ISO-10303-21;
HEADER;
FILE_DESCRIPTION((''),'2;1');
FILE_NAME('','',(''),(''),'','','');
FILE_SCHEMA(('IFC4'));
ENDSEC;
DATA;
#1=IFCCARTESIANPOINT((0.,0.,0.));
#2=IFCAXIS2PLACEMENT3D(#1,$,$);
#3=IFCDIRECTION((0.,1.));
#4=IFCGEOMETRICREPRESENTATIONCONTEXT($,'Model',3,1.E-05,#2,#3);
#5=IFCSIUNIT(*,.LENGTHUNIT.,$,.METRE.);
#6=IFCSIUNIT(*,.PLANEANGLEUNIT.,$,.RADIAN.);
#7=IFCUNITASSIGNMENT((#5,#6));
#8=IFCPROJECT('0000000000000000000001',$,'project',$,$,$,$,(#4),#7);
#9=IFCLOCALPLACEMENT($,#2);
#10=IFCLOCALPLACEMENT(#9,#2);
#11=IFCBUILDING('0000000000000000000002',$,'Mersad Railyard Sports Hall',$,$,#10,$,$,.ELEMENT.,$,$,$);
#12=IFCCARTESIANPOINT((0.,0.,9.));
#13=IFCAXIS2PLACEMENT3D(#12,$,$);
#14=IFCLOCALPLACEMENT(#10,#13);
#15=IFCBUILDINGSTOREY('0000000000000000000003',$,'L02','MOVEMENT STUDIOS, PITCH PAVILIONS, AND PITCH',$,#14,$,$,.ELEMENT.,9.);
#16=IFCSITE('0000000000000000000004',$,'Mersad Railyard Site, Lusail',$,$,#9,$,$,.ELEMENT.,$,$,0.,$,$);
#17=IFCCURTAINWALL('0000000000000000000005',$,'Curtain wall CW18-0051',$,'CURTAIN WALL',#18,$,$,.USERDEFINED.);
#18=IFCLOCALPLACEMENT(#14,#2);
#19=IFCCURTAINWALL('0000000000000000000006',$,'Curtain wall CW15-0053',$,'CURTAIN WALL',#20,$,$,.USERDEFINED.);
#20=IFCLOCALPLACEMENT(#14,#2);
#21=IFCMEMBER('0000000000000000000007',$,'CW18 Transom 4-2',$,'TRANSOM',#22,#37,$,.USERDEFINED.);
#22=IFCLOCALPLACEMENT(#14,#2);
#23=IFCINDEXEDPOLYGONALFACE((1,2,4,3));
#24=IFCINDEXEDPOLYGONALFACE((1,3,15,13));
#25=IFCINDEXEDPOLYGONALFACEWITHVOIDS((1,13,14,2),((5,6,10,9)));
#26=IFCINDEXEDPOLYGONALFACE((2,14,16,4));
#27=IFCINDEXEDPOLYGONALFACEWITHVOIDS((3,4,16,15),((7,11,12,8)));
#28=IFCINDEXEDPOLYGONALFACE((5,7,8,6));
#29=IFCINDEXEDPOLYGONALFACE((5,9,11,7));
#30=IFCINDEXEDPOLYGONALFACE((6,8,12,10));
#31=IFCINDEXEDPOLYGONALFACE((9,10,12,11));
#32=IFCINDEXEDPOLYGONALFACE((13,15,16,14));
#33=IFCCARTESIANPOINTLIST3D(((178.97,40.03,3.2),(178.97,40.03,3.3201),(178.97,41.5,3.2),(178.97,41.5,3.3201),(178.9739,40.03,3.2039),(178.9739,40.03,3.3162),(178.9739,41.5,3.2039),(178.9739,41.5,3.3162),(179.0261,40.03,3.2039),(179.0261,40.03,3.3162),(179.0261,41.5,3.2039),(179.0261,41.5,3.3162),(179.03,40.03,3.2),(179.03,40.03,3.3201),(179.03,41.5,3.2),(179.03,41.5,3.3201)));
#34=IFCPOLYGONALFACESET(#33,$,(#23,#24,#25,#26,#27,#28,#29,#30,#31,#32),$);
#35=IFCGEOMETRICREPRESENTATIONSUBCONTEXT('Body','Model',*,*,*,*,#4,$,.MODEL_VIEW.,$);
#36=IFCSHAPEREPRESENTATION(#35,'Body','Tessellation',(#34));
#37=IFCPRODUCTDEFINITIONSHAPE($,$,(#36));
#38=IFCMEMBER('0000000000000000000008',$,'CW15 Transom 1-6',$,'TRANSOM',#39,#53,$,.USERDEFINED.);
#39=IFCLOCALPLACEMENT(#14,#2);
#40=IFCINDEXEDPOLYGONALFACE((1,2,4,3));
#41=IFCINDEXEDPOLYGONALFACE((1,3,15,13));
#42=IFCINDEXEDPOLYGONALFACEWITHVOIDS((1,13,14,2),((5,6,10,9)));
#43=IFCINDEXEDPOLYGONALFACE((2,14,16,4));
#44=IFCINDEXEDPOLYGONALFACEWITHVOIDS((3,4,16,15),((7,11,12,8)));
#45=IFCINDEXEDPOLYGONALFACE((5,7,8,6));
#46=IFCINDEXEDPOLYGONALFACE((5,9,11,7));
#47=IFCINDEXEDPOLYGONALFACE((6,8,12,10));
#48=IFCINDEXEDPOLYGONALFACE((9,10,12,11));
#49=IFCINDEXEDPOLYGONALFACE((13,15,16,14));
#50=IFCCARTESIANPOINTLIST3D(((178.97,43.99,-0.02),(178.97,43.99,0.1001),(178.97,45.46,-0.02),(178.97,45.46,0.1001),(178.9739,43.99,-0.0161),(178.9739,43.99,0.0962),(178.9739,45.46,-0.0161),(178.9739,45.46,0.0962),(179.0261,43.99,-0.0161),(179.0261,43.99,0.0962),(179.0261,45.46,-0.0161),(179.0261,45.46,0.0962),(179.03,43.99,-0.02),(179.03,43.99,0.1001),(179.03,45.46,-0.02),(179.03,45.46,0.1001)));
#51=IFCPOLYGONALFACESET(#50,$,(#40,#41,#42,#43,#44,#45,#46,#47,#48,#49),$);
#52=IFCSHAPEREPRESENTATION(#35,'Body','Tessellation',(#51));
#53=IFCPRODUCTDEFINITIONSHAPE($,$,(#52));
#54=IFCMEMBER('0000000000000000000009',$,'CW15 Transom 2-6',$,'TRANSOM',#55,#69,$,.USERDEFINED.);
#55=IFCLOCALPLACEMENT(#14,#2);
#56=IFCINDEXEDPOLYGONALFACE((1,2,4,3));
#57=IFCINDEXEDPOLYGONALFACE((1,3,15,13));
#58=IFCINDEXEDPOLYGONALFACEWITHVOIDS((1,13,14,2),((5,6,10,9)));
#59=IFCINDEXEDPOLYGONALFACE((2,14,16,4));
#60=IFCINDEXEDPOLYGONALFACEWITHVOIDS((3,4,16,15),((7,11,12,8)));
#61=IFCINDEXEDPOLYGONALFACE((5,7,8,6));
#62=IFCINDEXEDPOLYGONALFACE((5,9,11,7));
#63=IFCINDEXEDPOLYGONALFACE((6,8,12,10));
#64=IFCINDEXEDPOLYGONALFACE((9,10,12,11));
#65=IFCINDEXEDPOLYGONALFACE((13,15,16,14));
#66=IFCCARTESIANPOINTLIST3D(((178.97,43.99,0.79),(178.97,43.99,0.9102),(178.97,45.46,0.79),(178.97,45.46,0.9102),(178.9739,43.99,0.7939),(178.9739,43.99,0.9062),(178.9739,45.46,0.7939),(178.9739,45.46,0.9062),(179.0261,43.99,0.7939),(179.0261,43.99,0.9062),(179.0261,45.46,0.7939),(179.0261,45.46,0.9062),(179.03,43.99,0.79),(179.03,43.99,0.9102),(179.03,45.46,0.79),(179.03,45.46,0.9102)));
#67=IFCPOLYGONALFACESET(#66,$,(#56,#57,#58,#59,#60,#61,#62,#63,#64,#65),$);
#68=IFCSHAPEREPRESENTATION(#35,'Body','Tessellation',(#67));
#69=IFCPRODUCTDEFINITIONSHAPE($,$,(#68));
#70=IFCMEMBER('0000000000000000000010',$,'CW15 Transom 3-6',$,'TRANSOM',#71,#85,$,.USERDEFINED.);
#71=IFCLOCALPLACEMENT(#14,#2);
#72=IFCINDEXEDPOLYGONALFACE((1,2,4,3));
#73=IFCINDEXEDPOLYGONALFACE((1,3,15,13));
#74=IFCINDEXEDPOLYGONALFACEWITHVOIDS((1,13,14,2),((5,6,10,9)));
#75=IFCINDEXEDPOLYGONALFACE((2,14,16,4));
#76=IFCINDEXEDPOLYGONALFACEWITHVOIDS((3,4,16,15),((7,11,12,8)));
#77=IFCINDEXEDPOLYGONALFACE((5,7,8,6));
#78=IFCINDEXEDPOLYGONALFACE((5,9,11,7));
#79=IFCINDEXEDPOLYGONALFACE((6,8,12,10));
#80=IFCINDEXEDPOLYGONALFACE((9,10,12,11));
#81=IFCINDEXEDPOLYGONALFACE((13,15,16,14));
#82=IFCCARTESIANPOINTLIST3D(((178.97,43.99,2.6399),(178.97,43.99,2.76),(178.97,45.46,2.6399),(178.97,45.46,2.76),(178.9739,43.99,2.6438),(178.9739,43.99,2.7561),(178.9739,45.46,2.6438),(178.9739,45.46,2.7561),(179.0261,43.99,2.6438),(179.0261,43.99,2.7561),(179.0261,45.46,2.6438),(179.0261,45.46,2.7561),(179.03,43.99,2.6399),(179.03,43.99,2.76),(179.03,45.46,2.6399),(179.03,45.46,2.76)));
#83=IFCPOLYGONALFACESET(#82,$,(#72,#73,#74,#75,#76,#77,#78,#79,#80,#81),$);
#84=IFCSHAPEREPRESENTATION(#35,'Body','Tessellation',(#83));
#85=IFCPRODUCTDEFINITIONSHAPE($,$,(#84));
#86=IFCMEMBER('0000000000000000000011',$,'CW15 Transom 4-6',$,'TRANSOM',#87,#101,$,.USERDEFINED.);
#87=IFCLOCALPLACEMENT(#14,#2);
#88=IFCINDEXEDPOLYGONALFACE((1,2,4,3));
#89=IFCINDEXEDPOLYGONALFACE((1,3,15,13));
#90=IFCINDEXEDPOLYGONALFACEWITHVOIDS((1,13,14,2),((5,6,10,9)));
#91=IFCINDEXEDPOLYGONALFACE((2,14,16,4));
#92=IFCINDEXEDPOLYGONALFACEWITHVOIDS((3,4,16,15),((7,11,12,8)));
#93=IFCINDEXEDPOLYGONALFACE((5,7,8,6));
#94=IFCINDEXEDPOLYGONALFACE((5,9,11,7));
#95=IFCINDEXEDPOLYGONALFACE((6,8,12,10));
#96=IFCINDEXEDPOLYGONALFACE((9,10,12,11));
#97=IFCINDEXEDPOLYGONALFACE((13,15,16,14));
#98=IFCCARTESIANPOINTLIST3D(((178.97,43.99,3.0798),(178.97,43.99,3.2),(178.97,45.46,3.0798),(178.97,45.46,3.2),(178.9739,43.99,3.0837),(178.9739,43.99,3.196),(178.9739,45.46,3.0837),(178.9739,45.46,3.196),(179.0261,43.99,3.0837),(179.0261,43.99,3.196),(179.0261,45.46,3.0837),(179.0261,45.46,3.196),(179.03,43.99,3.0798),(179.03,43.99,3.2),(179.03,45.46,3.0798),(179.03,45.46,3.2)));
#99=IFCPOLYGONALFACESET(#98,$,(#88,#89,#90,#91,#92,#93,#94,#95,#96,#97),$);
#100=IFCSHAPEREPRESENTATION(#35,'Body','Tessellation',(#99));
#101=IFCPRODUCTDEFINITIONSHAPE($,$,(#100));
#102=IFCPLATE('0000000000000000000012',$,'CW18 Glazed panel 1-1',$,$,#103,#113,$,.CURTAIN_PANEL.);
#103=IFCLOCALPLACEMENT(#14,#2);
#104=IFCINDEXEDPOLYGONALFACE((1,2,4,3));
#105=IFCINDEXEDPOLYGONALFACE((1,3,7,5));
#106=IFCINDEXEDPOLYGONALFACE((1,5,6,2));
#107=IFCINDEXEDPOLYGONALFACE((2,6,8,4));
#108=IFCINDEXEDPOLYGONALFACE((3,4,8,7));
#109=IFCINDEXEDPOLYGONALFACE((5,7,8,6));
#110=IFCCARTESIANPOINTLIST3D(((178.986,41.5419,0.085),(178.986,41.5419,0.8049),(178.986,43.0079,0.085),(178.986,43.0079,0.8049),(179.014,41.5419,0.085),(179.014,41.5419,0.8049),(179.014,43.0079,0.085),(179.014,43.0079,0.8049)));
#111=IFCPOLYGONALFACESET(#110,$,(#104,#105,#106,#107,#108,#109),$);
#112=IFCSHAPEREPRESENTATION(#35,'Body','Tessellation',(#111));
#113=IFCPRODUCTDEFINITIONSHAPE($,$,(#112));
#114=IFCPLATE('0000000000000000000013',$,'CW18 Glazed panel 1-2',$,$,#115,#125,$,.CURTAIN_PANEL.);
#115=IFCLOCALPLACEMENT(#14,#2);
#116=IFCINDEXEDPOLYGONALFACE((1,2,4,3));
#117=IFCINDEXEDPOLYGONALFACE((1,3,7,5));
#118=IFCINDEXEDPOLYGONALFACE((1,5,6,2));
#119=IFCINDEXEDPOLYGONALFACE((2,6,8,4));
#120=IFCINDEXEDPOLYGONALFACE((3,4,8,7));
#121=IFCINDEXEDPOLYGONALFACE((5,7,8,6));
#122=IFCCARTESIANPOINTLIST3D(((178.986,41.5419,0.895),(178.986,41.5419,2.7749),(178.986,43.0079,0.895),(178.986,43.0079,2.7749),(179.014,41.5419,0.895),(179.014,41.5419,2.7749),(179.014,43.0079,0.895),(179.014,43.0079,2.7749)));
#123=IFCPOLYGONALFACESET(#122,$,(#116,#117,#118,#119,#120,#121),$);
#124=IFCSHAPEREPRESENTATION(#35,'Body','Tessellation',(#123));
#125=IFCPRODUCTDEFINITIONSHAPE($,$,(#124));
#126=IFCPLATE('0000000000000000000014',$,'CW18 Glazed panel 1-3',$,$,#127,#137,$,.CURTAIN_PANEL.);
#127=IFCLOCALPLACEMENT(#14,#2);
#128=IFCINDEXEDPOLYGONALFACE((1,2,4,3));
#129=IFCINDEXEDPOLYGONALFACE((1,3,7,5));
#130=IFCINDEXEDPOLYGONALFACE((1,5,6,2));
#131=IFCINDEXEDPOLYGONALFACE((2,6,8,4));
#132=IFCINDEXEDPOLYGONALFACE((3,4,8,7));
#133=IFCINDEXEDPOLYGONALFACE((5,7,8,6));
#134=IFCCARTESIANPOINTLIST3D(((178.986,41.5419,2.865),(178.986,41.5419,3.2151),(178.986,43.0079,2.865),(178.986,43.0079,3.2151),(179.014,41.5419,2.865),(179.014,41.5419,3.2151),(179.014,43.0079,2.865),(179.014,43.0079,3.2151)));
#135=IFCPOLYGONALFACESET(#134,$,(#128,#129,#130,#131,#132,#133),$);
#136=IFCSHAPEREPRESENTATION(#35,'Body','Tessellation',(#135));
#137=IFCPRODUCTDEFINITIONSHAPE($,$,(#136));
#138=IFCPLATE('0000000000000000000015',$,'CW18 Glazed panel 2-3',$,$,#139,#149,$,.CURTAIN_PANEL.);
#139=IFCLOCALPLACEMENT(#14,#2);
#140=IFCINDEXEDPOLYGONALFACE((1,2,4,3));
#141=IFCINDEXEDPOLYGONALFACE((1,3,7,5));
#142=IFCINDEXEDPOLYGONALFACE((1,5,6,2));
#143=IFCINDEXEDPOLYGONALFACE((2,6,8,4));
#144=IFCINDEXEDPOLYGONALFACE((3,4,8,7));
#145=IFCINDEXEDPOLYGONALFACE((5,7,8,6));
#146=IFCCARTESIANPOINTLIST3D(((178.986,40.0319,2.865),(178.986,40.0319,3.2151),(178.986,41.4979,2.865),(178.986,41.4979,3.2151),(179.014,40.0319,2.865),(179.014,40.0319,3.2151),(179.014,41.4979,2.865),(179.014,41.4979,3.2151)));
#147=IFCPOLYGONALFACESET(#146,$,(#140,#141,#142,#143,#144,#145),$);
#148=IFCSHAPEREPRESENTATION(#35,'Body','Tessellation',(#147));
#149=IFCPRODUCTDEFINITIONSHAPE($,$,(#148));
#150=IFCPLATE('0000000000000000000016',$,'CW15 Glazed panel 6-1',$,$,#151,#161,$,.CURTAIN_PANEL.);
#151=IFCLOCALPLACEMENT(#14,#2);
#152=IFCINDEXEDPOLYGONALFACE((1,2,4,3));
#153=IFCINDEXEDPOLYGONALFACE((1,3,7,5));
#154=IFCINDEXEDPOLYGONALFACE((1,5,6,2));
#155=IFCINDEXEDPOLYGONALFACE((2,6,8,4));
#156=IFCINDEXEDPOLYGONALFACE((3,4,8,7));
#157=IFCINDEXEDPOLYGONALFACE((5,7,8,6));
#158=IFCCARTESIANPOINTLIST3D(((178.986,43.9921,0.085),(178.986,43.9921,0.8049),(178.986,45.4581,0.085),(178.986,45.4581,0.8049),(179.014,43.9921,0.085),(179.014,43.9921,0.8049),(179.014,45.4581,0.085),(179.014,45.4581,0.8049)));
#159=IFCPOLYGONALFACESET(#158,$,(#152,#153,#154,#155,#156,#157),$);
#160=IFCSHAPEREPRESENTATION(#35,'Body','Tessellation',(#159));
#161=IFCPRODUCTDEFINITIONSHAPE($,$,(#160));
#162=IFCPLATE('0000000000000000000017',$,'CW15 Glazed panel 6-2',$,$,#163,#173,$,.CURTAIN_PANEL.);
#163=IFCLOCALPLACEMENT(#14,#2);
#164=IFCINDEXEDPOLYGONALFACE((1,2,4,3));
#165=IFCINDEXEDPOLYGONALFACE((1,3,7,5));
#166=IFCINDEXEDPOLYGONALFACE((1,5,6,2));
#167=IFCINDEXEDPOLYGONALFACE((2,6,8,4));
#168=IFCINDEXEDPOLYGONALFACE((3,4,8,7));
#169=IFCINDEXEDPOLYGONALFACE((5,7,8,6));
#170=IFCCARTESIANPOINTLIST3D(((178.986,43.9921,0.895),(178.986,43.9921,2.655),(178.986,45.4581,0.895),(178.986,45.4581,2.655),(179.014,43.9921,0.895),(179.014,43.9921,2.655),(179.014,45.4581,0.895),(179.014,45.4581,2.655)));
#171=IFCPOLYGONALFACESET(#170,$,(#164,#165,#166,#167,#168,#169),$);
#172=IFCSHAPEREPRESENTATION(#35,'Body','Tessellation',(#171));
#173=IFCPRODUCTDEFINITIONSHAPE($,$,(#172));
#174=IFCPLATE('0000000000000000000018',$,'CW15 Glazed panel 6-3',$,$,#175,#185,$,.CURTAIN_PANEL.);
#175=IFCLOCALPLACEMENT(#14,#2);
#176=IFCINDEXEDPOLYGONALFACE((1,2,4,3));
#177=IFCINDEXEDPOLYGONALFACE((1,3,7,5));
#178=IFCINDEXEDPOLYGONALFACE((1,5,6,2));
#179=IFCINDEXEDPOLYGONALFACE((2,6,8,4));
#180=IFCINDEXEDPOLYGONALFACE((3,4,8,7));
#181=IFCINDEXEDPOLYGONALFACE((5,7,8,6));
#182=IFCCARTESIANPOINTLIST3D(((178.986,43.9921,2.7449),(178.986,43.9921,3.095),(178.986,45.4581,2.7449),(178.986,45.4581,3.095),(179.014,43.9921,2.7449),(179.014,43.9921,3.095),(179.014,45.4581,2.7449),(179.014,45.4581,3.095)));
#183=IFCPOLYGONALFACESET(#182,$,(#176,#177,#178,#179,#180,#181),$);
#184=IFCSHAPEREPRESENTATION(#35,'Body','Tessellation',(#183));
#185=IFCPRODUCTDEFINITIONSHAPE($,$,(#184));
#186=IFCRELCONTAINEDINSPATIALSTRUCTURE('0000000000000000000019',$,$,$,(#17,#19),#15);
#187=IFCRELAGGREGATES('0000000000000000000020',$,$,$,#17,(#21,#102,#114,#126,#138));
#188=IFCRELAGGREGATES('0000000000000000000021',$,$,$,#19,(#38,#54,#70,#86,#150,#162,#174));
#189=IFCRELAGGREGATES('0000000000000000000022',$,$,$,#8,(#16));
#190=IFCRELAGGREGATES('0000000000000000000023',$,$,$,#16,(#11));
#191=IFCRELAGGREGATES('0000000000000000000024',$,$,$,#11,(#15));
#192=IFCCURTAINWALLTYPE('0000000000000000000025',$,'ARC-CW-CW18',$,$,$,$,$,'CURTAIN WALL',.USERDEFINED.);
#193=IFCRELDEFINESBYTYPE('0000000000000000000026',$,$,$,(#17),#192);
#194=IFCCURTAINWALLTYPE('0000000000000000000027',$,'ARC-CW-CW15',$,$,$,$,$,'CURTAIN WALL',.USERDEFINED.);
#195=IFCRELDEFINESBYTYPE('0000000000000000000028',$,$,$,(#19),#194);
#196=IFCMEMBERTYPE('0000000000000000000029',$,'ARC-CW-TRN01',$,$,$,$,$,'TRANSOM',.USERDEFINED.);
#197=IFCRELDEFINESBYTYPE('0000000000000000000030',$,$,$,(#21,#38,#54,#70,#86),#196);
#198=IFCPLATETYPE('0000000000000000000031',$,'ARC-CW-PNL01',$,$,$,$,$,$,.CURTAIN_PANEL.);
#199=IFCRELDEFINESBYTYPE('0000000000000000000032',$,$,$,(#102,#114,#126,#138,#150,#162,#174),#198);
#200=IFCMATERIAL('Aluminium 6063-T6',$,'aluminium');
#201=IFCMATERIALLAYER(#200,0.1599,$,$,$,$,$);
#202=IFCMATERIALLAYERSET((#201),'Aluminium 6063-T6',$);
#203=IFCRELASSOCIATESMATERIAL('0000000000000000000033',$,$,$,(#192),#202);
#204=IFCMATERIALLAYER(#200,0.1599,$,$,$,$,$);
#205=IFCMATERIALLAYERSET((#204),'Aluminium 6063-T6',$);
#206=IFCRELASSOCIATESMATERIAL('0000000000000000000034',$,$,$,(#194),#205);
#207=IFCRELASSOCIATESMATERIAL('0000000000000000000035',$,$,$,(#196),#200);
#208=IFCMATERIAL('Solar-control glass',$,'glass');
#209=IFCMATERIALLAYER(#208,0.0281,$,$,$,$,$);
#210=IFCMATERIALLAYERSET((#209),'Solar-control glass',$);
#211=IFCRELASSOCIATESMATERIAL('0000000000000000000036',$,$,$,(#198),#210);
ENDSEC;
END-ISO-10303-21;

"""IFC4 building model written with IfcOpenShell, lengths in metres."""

from ifc_helpers import new_model, si_unit, direction, frame, origin, origin_2d, place, context, subcontext, project, spatial, rectangle, hollow_rectangle, extrude, material, layer, layer_set, material_profile, profile_set, type_object, element, aggregate, save


model = new_model("IFC4")

# Units and contexts
model_context = context("Model", 3, precision=1e-05, world=origin(), true_north=direction((0.0, 1.0)))
body_context = subcontext(model_context, "Body", "Model", "MODEL_VIEW")
ifc_project = project(units=[si_unit("LENGTHUNIT", "METRE"), si_unit("PLANEANGLEUNIT", "RADIAN")], contexts=[model_context])

# Site, building, storey
site_placement = place(None, origin())
site = spatial("IfcSite", under=ifc_project, at=site_placement, Name="Mersad Railyard Site, Lusail", CompositionType="ELEMENT", RefElevation=0.0)
building_placement = place(site_placement, origin())
building = spatial("IfcBuilding", under=site, at=building_placement, Name="Mersad Railyard Sports Hall", CompositionType="ELEMENT")
storey_placement = place(building_placement, frame((0.0, 0.0, 9.0)))
storey = spatial("IfcBuildingStorey", under=building, at=storey_placement, Name="L02", Description="MOVEMENT STUDIOS, PITCH PAVILIONS, AND PITCH", CompositionType="ELEMENT", Elevation=9.0)

# Curtain wall
ifc_material_1 = material(Name="Aluminium 6063-T6", Category="aluminium")
ifc_layer_1 = layer(ifc_material_1, 0.1599)
ifc_layer_set_1 = layer_set([ifc_layer_1], Name="Aluminium 6063-T6")
curtain_wall_type_1 = type_object("IfcCurtainWallType", Name="ARC-CW-CW18", ElementType="CURTAIN WALL", PredefinedType="USERDEFINED", material=ifc_layer_set_1)
curtain_wall_1_placement = place(storey_placement, origin())
curtain_wall_1 = element("IfcCurtainWall", 1, at=curtain_wall_1_placement, inside=storey, type_object=curtain_wall_type_1, Name="Curtain wall CW18-0051", ObjectType="CURTAIN WALL", PredefinedType="USERDEFINED")

# Curtain wall
ifc_layer_2 = layer(ifc_material_1, 0.1599)
ifc_layer_set_2 = layer_set([ifc_layer_2], Name="Aluminium 6063-T6")
curtain_wall_type_2 = type_object("IfcCurtainWallType", Name="ARC-CW-CW15", ElementType="CURTAIN WALL", PredefinedType="USERDEFINED", material=ifc_layer_set_2)
curtain_wall_2_placement = place(storey_placement, origin())
curtain_wall_2 = element("IfcCurtainWall", 2, at=curtain_wall_2_placement, inside=storey, type_object=curtain_wall_type_2, Name="Curtain wall CW15-0053", ObjectType="CURTAIN WALL", PredefinedType="USERDEFINED")

# Members
ifc_material_profile_1 = material_profile(ifc_material_1, hollow_rectangle(XDim=0.0601, YDim=0.1201, WallThickness=0.0039, at=origin_2d()), Name="AL TRANSOM 60x120x4")
ifc_profile_set_1 = profile_set([ifc_material_profile_1], Name="Aluminium 6063-T6")
member_type_1 = type_object("IfcMemberType", Name="ARC-CW-TRN01", ElementType="TRANSOM", PredefinedType="USERDEFINED", material=ifc_profile_set_1)
member_1_placement = place(storey_placement, frame((179.0, 41.5, 3.26), z_axis=(0.0, -1.0, 0.0), x_axis=(1.0, 0.0, 0.0)))
member_1 = element("IfcMember", 3, at=member_1_placement, type_object=member_type_1, Name="CW18 Transom 4-2", ObjectType="TRANSOM", PredefinedType="USERDEFINED", context=body_context, shape_type="SweptSolid", body=[
    extrude(hollow_rectangle(XDim=0.0601, YDim=0.1201, WallThickness=0.0039, at=origin_2d()), origin(), (0.0, 0.0, 1.0), 1.47),
])
member_2_placement = place(storey_placement, frame((179.0, 45.46, 0.04), z_axis=(0.0, -1.0, 0.0), x_axis=(1.0, 0.0, 0.0)))
member_2 = element("IfcMember", 4, at=member_2_placement, type_object=member_type_1, Name="CW15 Transom 1-6", ObjectType="TRANSOM", PredefinedType="USERDEFINED", context=body_context, shape_type="SweptSolid", body=[
    extrude(hollow_rectangle(XDim=0.0601, YDim=0.1201, WallThickness=0.0039, at=origin_2d()), origin(), (0.0, 0.0, 1.0), 1.47),
])
member_3_placement = place(storey_placement, frame((179.0, 45.46, 0.8501), z_axis=(0.0, -1.0, 0.0), x_axis=(1.0, 0.0, 0.0)))
member_3 = element("IfcMember", 5, at=member_3_placement, type_object=member_type_1, Name="CW15 Transom 2-6", ObjectType="TRANSOM", PredefinedType="USERDEFINED", context=body_context, shape_type="SweptSolid", body=[
    extrude(hollow_rectangle(XDim=0.0601, YDim=0.1201, WallThickness=0.0039, at=origin_2d()), origin(), (0.0, 0.0, 1.0), 1.47),
])
member_4_placement = place(storey_placement, frame((179.0, 45.46, 2.7), z_axis=(0.0, -1.0, 0.0), x_axis=(1.0, 0.0, 0.0)))
member_4 = element("IfcMember", 6, at=member_4_placement, type_object=member_type_1, Name="CW15 Transom 3-6", ObjectType="TRANSOM", PredefinedType="USERDEFINED", context=body_context, shape_type="SweptSolid", body=[
    extrude(hollow_rectangle(XDim=0.0601, YDim=0.1201, WallThickness=0.0039, at=origin_2d()), origin(), (0.0, 0.0, 1.0), 1.47),
])
member_5_placement = place(storey_placement, frame((179.0, 45.46, 3.1399), z_axis=(0.0, -1.0, 0.0), x_axis=(1.0, 0.0, 0.0)))
member_5 = element("IfcMember", 7, at=member_5_placement, type_object=member_type_1, Name="CW15 Transom 4-6", ObjectType="TRANSOM", PredefinedType="USERDEFINED", context=body_context, shape_type="SweptSolid", body=[
    extrude(hollow_rectangle(XDim=0.0601, YDim=0.1201, WallThickness=0.0039, at=origin_2d()), origin(), (0.0, 0.0, 1.0), 1.47),
])

# Plates
ifc_material_2 = material(Name="Solar-control glass", Category="glass")
ifc_layer_3 = layer(ifc_material_2, 0.0281)
ifc_layer_set_3 = layer_set([ifc_layer_3], Name="Solar-control glass")
plate_type = type_object("IfcPlateType", Name="ARC-CW-PNL01", PredefinedType="CURTAIN_PANEL", material=ifc_layer_set_3)
plate_1_placement = place(storey_placement, frame((179.0, 42.2749, 0.085), z_axis=(0.0, 0.0, 1.0), x_axis=(0.0, -1.0, 0.0)))
plate_1 = element("IfcPlate", 8, at=plate_1_placement, type_object=plate_type, Name="CW18 Glazed panel 1-1", PredefinedType="CURTAIN_PANEL", context=body_context, shape_type="SweptSolid", body=[
    extrude(rectangle(XDim=1.4661, YDim=0.0281, at=origin_2d()), origin(), (0.0, 0.0, 1.0), 0.72),
])
plate_2_placement = place(storey_placement, frame((179.0, 42.2749, 0.895), z_axis=(0.0, 0.0, 1.0), x_axis=(0.0, -1.0, 0.0)))
plate_2 = element("IfcPlate", 9, at=plate_2_placement, type_object=plate_type, Name="CW18 Glazed panel 1-2", PredefinedType="CURTAIN_PANEL", context=body_context, shape_type="SweptSolid", body=[
    extrude(rectangle(XDim=1.4661, YDim=0.0281, at=origin_2d()), origin(), (0.0, 0.0, 1.0), 1.8799),
])
plate_3_placement = place(storey_placement, frame((179.0, 42.2749, 2.865), z_axis=(0.0, 0.0, 1.0), x_axis=(0.0, -1.0, 0.0)))
plate_3 = element("IfcPlate", 10, at=plate_3_placement, type_object=plate_type, Name="CW18 Glazed panel 1-3", PredefinedType="CURTAIN_PANEL", context=body_context, shape_type="SweptSolid", body=[
    extrude(rectangle(XDim=1.4661, YDim=0.0281, at=origin_2d()), origin(), (0.0, 0.0, 1.0), 0.3501),
])
plate_4_placement = place(storey_placement, frame((179.0, 40.7649, 2.865), z_axis=(0.0, 0.0, 1.0), x_axis=(0.0, -1.0, 0.0)))
plate_4 = element("IfcPlate", 11, at=plate_4_placement, type_object=plate_type, Name="CW18 Glazed panel 2-3", PredefinedType="CURTAIN_PANEL", context=body_context, shape_type="SweptSolid", body=[
    extrude(rectangle(XDim=1.4661, YDim=0.0281, at=origin_2d()), origin(), (0.0, 0.0, 1.0), 0.3501),
])
aggregate(curtain_wall_1, [member_1, plate_1, plate_2, plate_3, plate_4])
plate_5_placement = place(storey_placement, frame((179.0, 44.7251, 0.085), z_axis=(0.0, 0.0, 1.0), x_axis=(0.0, -1.0, 0.0)))
plate_5 = element("IfcPlate", 12, at=plate_5_placement, type_object=plate_type, Name="CW15 Glazed panel 6-1", PredefinedType="CURTAIN_PANEL", context=body_context, shape_type="SweptSolid", body=[
    extrude(rectangle(XDim=1.4661, YDim=0.0281, at=origin_2d()), origin(), (0.0, 0.0, 1.0), 0.72),
])
plate_6_placement = place(storey_placement, frame((179.0, 44.7251, 0.895), z_axis=(0.0, 0.0, 1.0), x_axis=(0.0, -1.0, 0.0)))
plate_6 = element("IfcPlate", 13, at=plate_6_placement, type_object=plate_type, Name="CW15 Glazed panel 6-2", PredefinedType="CURTAIN_PANEL", context=body_context, shape_type="SweptSolid", body=[
    extrude(rectangle(XDim=1.4661, YDim=0.0281, at=origin_2d()), origin(), (0.0, 0.0, 1.0), 1.76),
])
plate_7_placement = place(storey_placement, frame((179.0, 44.7251, 2.7449), z_axis=(0.0, 0.0, 1.0), x_axis=(0.0, -1.0, 0.0)))
plate_7 = element("IfcPlate", 14, at=plate_7_placement, type_object=plate_type, Name="CW15 Glazed panel 6-3", PredefinedType="CURTAIN_PANEL", context=body_context, shape_type="SweptSolid", body=[
    extrude(rectangle(XDim=1.4661, YDim=0.0281, at=origin_2d()), origin(), (0.0, 0.0, 1.0), 0.3501),
])
aggregate(curtain_wall_2, [member_2, member_3, member_4, member_5, plate_5, plate_6, plate_7])

save(model, "model.ifc")
